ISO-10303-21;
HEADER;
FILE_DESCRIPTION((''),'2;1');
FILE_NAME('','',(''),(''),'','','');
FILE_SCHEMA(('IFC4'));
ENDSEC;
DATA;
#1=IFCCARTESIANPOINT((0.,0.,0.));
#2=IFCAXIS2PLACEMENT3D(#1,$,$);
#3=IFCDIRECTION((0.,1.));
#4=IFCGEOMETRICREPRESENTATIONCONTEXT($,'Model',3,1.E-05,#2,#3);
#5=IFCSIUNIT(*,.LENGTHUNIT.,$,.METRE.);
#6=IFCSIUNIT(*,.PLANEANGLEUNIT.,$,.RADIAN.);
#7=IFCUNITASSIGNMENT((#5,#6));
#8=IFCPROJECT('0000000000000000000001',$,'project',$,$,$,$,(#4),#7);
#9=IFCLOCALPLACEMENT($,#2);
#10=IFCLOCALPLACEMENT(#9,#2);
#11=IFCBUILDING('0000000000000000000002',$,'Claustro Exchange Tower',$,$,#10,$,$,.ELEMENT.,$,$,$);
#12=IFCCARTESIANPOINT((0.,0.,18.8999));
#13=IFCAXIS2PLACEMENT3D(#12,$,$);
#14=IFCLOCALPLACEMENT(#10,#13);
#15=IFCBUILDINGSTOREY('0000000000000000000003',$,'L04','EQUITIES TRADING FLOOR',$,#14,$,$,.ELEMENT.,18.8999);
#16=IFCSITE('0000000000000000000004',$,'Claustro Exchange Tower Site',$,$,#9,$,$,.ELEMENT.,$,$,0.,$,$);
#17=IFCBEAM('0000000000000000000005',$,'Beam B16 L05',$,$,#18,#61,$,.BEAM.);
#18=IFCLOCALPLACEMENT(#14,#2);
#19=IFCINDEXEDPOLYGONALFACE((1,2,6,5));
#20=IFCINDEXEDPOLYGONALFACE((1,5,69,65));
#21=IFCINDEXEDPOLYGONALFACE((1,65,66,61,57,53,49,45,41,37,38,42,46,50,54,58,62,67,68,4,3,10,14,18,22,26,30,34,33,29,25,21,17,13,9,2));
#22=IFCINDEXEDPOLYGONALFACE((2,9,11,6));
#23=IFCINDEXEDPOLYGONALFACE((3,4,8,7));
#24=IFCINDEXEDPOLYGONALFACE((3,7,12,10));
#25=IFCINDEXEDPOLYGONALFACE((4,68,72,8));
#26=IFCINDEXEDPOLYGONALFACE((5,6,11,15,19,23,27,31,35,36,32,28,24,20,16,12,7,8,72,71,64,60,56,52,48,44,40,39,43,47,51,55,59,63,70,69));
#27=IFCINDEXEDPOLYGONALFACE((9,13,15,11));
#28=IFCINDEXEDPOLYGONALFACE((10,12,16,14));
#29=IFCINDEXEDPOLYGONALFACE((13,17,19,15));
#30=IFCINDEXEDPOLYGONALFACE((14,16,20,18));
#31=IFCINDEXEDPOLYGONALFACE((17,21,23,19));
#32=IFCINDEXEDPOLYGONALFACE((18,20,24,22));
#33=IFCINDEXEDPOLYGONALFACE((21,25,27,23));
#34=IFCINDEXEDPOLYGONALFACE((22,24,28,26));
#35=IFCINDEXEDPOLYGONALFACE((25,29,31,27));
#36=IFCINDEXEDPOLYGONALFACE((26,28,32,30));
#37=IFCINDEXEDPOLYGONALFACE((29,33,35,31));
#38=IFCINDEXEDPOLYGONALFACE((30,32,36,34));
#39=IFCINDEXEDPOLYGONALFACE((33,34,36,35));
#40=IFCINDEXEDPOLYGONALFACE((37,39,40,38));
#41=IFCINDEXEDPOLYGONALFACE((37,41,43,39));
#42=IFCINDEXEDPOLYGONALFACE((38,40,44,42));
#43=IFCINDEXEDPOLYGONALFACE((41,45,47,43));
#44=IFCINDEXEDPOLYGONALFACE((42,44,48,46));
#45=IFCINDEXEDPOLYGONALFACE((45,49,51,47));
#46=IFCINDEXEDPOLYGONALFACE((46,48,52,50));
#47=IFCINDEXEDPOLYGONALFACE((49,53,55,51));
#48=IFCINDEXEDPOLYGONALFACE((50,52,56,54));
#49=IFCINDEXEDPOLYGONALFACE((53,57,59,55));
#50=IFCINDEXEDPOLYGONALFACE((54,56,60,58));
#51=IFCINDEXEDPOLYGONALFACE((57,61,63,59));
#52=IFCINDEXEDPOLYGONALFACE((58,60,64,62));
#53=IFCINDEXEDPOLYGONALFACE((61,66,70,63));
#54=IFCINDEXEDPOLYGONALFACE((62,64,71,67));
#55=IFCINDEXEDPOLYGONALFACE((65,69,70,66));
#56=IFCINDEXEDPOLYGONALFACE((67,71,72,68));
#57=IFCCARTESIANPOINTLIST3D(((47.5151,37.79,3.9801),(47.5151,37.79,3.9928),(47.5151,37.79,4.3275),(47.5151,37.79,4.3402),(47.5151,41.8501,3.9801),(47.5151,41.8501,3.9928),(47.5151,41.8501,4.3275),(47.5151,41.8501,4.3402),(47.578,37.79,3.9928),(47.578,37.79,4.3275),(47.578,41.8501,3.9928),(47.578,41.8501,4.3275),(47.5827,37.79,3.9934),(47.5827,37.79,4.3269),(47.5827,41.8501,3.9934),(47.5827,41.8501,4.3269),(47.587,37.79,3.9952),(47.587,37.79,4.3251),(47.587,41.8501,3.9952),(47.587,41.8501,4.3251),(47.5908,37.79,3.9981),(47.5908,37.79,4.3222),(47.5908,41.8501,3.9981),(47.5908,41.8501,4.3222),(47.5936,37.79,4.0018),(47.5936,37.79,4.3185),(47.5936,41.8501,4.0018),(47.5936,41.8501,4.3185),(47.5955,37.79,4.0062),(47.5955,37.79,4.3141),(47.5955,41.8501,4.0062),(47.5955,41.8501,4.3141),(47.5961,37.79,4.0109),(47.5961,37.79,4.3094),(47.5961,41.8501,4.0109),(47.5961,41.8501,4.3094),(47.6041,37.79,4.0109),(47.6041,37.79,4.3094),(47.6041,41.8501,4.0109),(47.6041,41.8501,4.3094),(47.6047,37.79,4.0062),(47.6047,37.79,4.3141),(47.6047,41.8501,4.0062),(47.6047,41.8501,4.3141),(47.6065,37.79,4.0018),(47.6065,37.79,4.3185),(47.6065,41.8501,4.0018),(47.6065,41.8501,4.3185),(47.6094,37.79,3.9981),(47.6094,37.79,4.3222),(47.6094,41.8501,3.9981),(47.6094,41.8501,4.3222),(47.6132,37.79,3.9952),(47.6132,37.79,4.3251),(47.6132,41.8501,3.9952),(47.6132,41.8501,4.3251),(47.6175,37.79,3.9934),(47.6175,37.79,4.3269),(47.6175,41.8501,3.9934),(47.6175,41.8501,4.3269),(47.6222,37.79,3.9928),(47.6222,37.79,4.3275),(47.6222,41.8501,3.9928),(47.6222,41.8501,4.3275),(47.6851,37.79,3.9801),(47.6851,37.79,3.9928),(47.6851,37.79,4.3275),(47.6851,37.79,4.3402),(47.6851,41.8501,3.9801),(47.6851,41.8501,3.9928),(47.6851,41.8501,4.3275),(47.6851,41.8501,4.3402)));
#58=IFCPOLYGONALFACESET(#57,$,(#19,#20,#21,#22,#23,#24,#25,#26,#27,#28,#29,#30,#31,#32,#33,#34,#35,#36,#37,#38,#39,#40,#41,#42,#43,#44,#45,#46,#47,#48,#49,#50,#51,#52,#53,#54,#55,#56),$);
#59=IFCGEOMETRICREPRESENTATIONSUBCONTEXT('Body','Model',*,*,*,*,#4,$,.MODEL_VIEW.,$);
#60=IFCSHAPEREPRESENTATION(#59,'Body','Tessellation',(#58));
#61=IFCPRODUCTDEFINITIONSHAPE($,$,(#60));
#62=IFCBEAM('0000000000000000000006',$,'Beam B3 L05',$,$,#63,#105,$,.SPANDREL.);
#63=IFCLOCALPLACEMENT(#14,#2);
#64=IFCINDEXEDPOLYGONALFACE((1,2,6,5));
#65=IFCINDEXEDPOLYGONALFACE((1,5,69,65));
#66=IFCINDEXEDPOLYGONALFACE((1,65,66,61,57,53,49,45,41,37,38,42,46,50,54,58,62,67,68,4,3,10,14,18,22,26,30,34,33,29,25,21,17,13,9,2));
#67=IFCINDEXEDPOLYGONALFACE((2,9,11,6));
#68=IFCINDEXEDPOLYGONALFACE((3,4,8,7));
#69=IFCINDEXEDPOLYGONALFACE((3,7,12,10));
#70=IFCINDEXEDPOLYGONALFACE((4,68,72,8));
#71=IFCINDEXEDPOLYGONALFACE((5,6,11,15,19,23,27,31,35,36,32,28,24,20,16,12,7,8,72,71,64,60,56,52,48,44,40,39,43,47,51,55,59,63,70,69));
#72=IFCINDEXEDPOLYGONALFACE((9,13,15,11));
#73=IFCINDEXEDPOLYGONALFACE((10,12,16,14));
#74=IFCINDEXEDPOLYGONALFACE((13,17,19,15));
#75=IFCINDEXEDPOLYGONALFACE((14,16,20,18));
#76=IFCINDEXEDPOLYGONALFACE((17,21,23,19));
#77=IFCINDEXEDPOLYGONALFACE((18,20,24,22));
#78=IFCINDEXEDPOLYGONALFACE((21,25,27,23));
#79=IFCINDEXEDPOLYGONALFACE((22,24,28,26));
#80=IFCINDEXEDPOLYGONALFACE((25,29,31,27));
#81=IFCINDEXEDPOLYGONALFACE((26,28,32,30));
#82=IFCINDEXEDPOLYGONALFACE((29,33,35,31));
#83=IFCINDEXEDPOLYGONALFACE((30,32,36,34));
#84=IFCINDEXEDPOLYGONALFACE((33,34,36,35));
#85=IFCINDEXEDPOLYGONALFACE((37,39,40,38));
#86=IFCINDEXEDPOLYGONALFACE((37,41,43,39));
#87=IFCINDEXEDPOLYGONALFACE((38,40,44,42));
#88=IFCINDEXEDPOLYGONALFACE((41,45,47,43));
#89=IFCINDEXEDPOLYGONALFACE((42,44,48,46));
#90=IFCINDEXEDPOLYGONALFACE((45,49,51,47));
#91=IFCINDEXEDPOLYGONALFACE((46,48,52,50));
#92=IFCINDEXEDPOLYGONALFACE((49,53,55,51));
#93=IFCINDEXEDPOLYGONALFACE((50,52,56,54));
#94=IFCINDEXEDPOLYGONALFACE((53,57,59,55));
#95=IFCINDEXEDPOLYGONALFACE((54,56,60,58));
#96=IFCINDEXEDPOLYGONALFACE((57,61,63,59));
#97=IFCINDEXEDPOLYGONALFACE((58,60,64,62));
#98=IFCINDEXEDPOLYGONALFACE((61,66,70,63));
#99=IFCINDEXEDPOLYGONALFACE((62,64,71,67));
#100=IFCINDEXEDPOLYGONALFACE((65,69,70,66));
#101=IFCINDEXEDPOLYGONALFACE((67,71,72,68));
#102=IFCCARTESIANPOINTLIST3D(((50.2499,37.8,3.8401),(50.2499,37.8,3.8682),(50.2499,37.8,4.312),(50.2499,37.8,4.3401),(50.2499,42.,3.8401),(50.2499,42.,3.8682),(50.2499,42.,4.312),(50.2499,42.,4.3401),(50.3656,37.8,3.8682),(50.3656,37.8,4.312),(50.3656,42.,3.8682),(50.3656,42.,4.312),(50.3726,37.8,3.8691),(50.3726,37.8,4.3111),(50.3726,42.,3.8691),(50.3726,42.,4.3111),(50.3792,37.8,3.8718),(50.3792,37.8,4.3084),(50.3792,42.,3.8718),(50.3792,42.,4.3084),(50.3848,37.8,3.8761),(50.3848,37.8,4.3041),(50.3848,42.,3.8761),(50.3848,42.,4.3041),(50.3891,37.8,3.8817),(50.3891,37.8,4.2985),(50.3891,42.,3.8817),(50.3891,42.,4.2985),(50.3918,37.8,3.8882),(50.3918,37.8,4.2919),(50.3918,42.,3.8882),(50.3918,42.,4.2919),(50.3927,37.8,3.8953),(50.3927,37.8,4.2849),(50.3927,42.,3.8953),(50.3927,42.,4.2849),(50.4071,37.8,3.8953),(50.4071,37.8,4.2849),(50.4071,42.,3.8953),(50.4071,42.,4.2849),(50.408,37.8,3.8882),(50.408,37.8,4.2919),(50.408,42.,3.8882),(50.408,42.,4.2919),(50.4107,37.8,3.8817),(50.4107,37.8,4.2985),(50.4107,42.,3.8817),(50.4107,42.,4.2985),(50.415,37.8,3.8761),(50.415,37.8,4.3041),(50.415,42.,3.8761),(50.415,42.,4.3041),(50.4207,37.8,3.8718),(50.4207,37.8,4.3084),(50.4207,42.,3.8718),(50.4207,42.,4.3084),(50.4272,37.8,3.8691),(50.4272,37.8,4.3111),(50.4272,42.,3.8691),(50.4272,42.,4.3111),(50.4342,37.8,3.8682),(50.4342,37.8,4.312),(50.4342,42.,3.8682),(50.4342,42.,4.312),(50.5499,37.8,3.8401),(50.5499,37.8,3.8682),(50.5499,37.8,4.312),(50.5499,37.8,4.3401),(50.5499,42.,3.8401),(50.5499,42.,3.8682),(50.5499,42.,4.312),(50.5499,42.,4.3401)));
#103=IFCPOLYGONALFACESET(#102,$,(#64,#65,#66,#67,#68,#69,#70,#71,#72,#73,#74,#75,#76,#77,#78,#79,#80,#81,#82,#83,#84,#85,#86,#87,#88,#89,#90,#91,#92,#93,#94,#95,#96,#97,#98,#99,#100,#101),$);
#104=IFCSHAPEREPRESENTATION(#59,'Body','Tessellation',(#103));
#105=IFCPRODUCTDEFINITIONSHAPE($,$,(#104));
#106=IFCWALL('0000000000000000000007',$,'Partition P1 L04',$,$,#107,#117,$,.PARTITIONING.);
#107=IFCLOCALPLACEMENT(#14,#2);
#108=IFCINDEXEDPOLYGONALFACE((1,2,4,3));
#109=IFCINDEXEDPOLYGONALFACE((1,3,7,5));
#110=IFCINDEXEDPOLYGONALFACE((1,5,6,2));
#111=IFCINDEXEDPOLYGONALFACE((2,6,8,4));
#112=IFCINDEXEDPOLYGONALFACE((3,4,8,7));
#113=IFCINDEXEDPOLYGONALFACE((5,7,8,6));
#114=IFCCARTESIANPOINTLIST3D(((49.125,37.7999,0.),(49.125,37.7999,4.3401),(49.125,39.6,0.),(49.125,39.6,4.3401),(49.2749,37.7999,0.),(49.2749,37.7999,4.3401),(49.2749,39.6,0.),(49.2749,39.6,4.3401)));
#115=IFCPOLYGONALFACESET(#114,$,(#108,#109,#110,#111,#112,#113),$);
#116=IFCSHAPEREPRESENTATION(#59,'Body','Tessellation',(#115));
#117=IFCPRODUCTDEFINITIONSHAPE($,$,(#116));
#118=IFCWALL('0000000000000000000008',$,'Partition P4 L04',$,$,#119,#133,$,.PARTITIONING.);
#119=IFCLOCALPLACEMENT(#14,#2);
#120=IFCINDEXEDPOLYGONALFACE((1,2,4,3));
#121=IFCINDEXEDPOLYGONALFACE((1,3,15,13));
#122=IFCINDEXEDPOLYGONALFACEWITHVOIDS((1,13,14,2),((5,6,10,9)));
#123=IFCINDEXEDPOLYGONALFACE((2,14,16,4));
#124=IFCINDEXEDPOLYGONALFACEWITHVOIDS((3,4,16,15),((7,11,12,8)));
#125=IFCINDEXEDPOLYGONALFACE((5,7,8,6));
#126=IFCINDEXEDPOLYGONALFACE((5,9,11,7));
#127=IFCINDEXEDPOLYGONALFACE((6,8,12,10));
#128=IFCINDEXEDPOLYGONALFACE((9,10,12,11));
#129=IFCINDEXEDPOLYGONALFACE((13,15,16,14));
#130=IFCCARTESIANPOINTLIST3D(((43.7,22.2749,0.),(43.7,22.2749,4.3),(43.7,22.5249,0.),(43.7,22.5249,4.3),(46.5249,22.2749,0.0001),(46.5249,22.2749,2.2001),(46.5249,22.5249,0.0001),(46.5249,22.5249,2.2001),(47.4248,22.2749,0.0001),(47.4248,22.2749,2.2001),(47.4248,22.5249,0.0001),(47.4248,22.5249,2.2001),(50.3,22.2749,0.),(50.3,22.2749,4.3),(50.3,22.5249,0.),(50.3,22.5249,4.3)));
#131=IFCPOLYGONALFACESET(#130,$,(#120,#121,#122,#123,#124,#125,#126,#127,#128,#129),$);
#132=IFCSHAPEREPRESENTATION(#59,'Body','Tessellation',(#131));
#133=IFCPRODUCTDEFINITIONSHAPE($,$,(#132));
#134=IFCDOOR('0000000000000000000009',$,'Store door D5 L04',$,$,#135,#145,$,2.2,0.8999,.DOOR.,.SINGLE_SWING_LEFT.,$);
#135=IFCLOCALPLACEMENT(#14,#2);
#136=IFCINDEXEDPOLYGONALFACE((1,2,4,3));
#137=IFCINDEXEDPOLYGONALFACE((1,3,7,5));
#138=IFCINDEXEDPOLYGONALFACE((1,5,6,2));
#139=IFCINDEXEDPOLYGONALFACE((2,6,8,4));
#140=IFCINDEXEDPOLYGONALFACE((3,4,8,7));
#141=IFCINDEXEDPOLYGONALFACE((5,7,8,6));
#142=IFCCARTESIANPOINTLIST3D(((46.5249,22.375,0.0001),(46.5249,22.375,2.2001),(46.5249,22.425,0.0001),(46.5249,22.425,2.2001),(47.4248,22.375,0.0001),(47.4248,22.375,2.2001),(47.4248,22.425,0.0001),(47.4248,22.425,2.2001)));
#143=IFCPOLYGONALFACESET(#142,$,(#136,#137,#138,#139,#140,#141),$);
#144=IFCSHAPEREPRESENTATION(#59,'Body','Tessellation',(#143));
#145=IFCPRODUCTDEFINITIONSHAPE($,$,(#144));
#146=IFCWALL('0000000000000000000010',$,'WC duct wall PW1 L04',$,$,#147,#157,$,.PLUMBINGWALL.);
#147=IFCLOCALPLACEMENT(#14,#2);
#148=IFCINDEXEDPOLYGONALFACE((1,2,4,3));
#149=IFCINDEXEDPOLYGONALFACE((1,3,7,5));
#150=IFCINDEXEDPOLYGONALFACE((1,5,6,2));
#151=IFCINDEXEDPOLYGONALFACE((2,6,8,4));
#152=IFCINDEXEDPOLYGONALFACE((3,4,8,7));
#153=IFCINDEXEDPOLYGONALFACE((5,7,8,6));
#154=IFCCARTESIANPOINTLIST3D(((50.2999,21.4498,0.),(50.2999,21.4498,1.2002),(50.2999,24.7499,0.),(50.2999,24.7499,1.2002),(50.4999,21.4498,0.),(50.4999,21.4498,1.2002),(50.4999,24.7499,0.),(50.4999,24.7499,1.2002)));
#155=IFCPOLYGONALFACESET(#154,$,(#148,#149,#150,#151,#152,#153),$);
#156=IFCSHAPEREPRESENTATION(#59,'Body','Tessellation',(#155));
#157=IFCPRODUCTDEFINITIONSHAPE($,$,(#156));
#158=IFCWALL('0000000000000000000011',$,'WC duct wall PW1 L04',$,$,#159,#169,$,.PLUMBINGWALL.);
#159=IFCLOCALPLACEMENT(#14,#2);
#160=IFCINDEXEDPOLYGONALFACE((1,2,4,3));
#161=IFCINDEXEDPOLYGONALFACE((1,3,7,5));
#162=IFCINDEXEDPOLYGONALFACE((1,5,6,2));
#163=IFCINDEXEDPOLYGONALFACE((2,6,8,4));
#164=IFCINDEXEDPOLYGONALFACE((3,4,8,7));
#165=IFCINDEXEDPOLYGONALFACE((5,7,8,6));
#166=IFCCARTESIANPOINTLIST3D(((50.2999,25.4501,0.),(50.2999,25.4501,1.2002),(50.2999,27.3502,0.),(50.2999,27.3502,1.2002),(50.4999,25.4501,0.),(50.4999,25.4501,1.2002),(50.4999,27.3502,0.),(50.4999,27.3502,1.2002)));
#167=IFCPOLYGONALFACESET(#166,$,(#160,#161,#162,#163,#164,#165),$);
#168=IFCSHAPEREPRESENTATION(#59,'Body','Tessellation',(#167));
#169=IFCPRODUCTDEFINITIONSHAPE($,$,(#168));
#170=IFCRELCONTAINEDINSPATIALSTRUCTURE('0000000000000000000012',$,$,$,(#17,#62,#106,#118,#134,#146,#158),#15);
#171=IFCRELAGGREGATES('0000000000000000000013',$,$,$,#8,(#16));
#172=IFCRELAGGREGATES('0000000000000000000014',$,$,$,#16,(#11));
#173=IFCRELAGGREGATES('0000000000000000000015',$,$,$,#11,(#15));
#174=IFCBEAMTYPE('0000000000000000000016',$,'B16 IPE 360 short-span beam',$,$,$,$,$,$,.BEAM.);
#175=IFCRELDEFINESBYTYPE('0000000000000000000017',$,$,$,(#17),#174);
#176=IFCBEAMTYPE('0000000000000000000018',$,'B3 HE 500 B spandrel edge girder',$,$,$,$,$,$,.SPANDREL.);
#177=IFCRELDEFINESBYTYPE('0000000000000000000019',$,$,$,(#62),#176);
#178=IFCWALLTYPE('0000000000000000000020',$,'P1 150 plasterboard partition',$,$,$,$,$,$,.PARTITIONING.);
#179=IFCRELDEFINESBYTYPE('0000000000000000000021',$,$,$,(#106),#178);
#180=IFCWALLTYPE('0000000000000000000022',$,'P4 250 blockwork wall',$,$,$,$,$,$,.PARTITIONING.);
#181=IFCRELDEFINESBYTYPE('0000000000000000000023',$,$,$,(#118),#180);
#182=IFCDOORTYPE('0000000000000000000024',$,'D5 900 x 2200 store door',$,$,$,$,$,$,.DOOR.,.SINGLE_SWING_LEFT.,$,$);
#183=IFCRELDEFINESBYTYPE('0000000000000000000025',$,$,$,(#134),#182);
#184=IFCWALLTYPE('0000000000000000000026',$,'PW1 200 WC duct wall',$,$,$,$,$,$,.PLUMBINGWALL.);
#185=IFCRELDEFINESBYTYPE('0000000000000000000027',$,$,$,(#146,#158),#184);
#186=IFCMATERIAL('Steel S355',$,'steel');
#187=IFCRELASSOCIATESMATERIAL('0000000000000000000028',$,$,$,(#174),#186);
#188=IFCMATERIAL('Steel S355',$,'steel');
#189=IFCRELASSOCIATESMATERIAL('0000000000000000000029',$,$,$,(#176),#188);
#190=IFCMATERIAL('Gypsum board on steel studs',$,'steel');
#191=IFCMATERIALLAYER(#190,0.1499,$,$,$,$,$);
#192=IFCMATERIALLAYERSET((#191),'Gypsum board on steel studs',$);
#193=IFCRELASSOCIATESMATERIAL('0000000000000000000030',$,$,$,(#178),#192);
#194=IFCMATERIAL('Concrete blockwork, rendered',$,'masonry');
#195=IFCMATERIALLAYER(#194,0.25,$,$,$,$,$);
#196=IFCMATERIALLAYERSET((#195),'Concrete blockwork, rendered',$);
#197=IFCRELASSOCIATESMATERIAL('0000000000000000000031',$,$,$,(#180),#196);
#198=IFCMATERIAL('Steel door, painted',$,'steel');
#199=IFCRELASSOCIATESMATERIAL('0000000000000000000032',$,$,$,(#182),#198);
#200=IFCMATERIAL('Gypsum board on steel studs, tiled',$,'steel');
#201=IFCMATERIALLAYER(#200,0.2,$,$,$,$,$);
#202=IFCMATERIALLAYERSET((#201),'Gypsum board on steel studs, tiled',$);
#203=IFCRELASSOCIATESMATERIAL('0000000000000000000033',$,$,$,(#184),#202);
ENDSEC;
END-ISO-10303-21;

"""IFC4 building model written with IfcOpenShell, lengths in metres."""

from ifc_helpers import new_model, si_unit, direction, frame, frame_2d, origin, origin_2d, place, context, subcontext, project, spatial, rectangle, i_section, extrude, material, layer, layer_set, material_profile, profile_set, type_object, element, fill, save


model = new_model("IFC4")

# Units and contexts
model_context = context("Model", 3, precision=1e-05, world=origin(), true_north=direction((0.0, 1.0)))
body_context = subcontext(model_context, "Body", "Model", "MODEL_VIEW")
ifc_project = project(units=[si_unit("LENGTHUNIT", "METRE"), si_unit("PLANEANGLEUNIT", "RADIAN")], contexts=[model_context])

# Site, building, storey
site_placement = place(None, origin())
site = spatial("IfcSite", under=ifc_project, at=site_placement, Name="Claustro Exchange Tower Site", CompositionType="ELEMENT", RefElevation=0.0)
building_placement = place(site_placement, origin())
building = spatial("IfcBuilding", under=site, at=building_placement, Name="Claustro Exchange Tower", CompositionType="ELEMENT")
storey_placement = place(building_placement, frame((0.0, 0.0, 18.8999)))
storey = spatial("IfcBuildingStorey", under=building, at=storey_placement, Name="L04", Description="EQUITIES TRADING FLOOR", CompositionType="ELEMENT", Elevation=18.8999)

# Beams
ifc_material_1 = material(Name="Steel S355", Category="steel")
ifc_material_profile_1 = material_profile(ifc_material_1, i_section(OverallWidth=0.1699, OverallDepth=0.3601, WebThickness=0.0081, FlangeThickness=0.0127, FilletRadius=0.0181, at=origin_2d()), Name="IPE 360")
ifc_profile_set_1 = profile_set([ifc_material_profile_1], Name="Steel S355")
beam_type_1 = type_object("IfcBeamType", Name="B16 IPE 360 short-span beam", PredefinedType="BEAM", material=ifc_profile_set_1)
for number, where, z_axis, x_axis, name in (
    (1, (47.6001, 37.79, 4.1602), (0.0, 1.0, 0.0), (-1.0, 0.0, 0.0), "Beam B16 L05"),
):
    element("IfcBeam", number, at=place(storey_placement, frame(where, z_axis=z_axis, x_axis=x_axis)), inside=storey, type_object=beam_type_1, Name=name, PredefinedType="BEAM", context=body_context, shape_type="SweptSolid", body=[
        extrude(i_section(OverallWidth=0.1699, OverallDepth=0.3601, WebThickness=0.0081, FlangeThickness=0.0127, FilletRadius=0.0181, at=origin_2d()), origin(), (0.0, 0.0, 1.0), 4.0601),
    ])
ifc_material_2 = material(Name="Steel S355", Category="steel")
ifc_material_profile_2 = material_profile(ifc_material_2, i_section(OverallWidth=0.3, OverallDepth=0.5, WebThickness=0.0144, FlangeThickness=0.0281, FilletRadius=0.0271, at=origin_2d()), Name="HE 500 B")
ifc_profile_set_2 = profile_set([ifc_material_profile_2], Name="Steel S355")
beam_type_2 = type_object("IfcBeamType", Name="B3 HE 500 B spandrel edge girder", PredefinedType="SPANDREL", material=ifc_profile_set_2)
beam_placement = place(storey_placement, frame((50.3999, 37.8, 4.0901), z_axis=(0.0, 1.0, 0.0), x_axis=(-1.0, 0.0, 0.0)))
element("IfcBeam", 2, at=beam_placement, inside=storey, type_object=beam_type_2, Name="Beam B3 L05", PredefinedType="SPANDREL", context=body_context, shape_type="SweptSolid", body=[
    extrude(i_section(OverallWidth=0.3, OverallDepth=0.5, WebThickness=0.0144, FlangeThickness=0.0281, FilletRadius=0.0271, at=origin_2d()), origin(), (0.0, 0.0, 1.0), 4.2),
])

# Wall
ifc_material_3 = material(Name="Gypsum board on steel studs", Category="steel")
ifc_layer_1 = layer(ifc_material_3, 0.1499)
ifc_layer_set_1 = layer_set([ifc_layer_1], Name="Gypsum board on steel studs")
wall_type_1 = type_object("IfcWallType", Name="P1 150 plasterboard partition", PredefinedType="PARTITIONING", material=ifc_layer_set_1)
wall_1_placement = place(storey_placement, frame((49.2, 37.8, 0.0), z_axis=(0.0, 0.0, 1.0), x_axis=(0.0, 1.0, 0.0)))
element("IfcWall", 3, at=wall_1_placement, inside=storey, type_object=wall_type_1, Name="Partition P1 L04", PredefinedType="PARTITIONING", context=body_context, shape_type="SweptSolid", body=[
    extrude(rectangle(XDim=1.8, YDim=0.1499, at=frame_2d((0.8999, 0.0))), origin(), (0.0, 0.0, 1.0), 4.3401),
])

# Wall, opening, door
ifc_material_4 = material(Name="Concrete blockwork, rendered", Category="masonry")
ifc_layer_2 = layer(ifc_material_4, 0.25)
ifc_layer_set_2 = layer_set([ifc_layer_2], Name="Concrete blockwork, rendered")
wall_type_2 = type_object("IfcWallType", Name="P4 250 blockwork wall", PredefinedType="PARTITIONING", material=ifc_layer_set_2)
wall_2_placement = place(storey_placement, frame((43.7, 22.3999, 0.0), z_axis=(0.0, 0.0, 1.0), x_axis=(1.0, 0.0, 0.0)))
wall_2 = element("IfcWall", 4, at=wall_2_placement, inside=storey, type_object=wall_type_2, Name="Partition P4 L04", PredefinedType="PARTITIONING", context=body_context, shape_type="SweptSolid", body=[
    extrude(rectangle(XDim=6.6001, YDim=0.25, at=frame_2d((3.3, 0.0))), origin(), (0.0, 0.0, 1.0), 4.3),
])
opening_placement = place(wall_2_placement, frame((2.825, 0.0, 0.0)))
opening = element("IfcOpeningElement", 5, at=opening_placement, cuts=wall_2, PredefinedType="OPENING", context=body_context, shape_type="SweptSolid", body=[
    extrude(rectangle(XDim=0.8999, YDim=2.2, at=frame_2d((0.45, 1.1001))), frame((0.0, 0.135, 0.0), z_axis=(0.0, -1.0, 0.0), x_axis=(1.0, 0.0, 0.0)), (0.0, 0.0, 1.0), 0.27),
])
ifc_material_5 = material(Name="Steel door, painted", Category="steel")
door_type = type_object("IfcDoorType", Name="D5 900 x 2200 store door", OperationType="SINGLE_SWING_LEFT", PredefinedType="DOOR", material=ifc_material_5)
door_placement = place(opening_placement, frame((0.8999, 0.0, 0.0), z_axis=(0.0, 0.0, 1.0), x_axis=(-1.0, 0.0, 0.0)))
door = element("IfcDoor", 6, at=door_placement, inside=storey, type_object=door_type, Name="Store door D5 L04", OperationType="SINGLE_SWING_LEFT", OverallHeight=2.2, OverallWidth=0.8999, PredefinedType="DOOR", context=body_context, shape_type="SweptSolid", body=[
    extrude(rectangle(XDim=0.8999, YDim=2.2, at=frame_2d((0.45, 1.1001))), frame((0.0, 0.0249, 0.0), z_axis=(0.0, -1.0, 0.0), x_axis=(1.0, 0.0, 0.0)), (0.0, 0.0, 1.0), 0.05),
])
fill(opening, door)

# Walls
ifc_material_6 = material(Name="Gypsum board on steel studs, tiled", Category="steel")
ifc_layer_3 = layer(ifc_material_6, 0.2)
ifc_layer_set_3 = layer_set([ifc_layer_3], Name="Gypsum board on steel studs, tiled")
wall_type_3 = type_object("IfcWallType", Name="PW1 200 WC duct wall", PredefinedType="PLUMBINGWALL", material=ifc_layer_set_3)
wall_3_placement = place(storey_placement, frame((50.3999, 21.45, 0.0), z_axis=(0.0, 0.0, 1.0), x_axis=(0.0, 1.0, 0.0)))
element("IfcWall", 7, at=wall_3_placement, inside=storey, type_object=wall_type_3, Name="WC duct wall PW1 L04", PredefinedType="PLUMBINGWALL", context=body_context, shape_type="SweptSolid", body=[
    extrude(rectangle(XDim=3.3, YDim=0.2, at=frame_2d((1.6499, 0.0))), origin(), (0.0, 0.0, 1.0), 1.2002),
])
wall_4_placement = place(storey_placement, frame((50.3999, 25.45, 0.0), z_axis=(0.0, 0.0, 1.0), x_axis=(0.0, 1.0, 0.0)))
element("IfcWall", 8, at=wall_4_placement, inside=storey, type_object=wall_type_3, Name="WC duct wall PW1 L04", PredefinedType="PLUMBINGWALL", context=body_context, shape_type="SweptSolid", body=[
    extrude(rectangle(XDim=1.9001, YDim=0.2, at=frame_2d((0.9502, 0.0))), origin(), (0.0, 0.0, 1.0), 1.2002),
])

save(model, "model.ifc")
